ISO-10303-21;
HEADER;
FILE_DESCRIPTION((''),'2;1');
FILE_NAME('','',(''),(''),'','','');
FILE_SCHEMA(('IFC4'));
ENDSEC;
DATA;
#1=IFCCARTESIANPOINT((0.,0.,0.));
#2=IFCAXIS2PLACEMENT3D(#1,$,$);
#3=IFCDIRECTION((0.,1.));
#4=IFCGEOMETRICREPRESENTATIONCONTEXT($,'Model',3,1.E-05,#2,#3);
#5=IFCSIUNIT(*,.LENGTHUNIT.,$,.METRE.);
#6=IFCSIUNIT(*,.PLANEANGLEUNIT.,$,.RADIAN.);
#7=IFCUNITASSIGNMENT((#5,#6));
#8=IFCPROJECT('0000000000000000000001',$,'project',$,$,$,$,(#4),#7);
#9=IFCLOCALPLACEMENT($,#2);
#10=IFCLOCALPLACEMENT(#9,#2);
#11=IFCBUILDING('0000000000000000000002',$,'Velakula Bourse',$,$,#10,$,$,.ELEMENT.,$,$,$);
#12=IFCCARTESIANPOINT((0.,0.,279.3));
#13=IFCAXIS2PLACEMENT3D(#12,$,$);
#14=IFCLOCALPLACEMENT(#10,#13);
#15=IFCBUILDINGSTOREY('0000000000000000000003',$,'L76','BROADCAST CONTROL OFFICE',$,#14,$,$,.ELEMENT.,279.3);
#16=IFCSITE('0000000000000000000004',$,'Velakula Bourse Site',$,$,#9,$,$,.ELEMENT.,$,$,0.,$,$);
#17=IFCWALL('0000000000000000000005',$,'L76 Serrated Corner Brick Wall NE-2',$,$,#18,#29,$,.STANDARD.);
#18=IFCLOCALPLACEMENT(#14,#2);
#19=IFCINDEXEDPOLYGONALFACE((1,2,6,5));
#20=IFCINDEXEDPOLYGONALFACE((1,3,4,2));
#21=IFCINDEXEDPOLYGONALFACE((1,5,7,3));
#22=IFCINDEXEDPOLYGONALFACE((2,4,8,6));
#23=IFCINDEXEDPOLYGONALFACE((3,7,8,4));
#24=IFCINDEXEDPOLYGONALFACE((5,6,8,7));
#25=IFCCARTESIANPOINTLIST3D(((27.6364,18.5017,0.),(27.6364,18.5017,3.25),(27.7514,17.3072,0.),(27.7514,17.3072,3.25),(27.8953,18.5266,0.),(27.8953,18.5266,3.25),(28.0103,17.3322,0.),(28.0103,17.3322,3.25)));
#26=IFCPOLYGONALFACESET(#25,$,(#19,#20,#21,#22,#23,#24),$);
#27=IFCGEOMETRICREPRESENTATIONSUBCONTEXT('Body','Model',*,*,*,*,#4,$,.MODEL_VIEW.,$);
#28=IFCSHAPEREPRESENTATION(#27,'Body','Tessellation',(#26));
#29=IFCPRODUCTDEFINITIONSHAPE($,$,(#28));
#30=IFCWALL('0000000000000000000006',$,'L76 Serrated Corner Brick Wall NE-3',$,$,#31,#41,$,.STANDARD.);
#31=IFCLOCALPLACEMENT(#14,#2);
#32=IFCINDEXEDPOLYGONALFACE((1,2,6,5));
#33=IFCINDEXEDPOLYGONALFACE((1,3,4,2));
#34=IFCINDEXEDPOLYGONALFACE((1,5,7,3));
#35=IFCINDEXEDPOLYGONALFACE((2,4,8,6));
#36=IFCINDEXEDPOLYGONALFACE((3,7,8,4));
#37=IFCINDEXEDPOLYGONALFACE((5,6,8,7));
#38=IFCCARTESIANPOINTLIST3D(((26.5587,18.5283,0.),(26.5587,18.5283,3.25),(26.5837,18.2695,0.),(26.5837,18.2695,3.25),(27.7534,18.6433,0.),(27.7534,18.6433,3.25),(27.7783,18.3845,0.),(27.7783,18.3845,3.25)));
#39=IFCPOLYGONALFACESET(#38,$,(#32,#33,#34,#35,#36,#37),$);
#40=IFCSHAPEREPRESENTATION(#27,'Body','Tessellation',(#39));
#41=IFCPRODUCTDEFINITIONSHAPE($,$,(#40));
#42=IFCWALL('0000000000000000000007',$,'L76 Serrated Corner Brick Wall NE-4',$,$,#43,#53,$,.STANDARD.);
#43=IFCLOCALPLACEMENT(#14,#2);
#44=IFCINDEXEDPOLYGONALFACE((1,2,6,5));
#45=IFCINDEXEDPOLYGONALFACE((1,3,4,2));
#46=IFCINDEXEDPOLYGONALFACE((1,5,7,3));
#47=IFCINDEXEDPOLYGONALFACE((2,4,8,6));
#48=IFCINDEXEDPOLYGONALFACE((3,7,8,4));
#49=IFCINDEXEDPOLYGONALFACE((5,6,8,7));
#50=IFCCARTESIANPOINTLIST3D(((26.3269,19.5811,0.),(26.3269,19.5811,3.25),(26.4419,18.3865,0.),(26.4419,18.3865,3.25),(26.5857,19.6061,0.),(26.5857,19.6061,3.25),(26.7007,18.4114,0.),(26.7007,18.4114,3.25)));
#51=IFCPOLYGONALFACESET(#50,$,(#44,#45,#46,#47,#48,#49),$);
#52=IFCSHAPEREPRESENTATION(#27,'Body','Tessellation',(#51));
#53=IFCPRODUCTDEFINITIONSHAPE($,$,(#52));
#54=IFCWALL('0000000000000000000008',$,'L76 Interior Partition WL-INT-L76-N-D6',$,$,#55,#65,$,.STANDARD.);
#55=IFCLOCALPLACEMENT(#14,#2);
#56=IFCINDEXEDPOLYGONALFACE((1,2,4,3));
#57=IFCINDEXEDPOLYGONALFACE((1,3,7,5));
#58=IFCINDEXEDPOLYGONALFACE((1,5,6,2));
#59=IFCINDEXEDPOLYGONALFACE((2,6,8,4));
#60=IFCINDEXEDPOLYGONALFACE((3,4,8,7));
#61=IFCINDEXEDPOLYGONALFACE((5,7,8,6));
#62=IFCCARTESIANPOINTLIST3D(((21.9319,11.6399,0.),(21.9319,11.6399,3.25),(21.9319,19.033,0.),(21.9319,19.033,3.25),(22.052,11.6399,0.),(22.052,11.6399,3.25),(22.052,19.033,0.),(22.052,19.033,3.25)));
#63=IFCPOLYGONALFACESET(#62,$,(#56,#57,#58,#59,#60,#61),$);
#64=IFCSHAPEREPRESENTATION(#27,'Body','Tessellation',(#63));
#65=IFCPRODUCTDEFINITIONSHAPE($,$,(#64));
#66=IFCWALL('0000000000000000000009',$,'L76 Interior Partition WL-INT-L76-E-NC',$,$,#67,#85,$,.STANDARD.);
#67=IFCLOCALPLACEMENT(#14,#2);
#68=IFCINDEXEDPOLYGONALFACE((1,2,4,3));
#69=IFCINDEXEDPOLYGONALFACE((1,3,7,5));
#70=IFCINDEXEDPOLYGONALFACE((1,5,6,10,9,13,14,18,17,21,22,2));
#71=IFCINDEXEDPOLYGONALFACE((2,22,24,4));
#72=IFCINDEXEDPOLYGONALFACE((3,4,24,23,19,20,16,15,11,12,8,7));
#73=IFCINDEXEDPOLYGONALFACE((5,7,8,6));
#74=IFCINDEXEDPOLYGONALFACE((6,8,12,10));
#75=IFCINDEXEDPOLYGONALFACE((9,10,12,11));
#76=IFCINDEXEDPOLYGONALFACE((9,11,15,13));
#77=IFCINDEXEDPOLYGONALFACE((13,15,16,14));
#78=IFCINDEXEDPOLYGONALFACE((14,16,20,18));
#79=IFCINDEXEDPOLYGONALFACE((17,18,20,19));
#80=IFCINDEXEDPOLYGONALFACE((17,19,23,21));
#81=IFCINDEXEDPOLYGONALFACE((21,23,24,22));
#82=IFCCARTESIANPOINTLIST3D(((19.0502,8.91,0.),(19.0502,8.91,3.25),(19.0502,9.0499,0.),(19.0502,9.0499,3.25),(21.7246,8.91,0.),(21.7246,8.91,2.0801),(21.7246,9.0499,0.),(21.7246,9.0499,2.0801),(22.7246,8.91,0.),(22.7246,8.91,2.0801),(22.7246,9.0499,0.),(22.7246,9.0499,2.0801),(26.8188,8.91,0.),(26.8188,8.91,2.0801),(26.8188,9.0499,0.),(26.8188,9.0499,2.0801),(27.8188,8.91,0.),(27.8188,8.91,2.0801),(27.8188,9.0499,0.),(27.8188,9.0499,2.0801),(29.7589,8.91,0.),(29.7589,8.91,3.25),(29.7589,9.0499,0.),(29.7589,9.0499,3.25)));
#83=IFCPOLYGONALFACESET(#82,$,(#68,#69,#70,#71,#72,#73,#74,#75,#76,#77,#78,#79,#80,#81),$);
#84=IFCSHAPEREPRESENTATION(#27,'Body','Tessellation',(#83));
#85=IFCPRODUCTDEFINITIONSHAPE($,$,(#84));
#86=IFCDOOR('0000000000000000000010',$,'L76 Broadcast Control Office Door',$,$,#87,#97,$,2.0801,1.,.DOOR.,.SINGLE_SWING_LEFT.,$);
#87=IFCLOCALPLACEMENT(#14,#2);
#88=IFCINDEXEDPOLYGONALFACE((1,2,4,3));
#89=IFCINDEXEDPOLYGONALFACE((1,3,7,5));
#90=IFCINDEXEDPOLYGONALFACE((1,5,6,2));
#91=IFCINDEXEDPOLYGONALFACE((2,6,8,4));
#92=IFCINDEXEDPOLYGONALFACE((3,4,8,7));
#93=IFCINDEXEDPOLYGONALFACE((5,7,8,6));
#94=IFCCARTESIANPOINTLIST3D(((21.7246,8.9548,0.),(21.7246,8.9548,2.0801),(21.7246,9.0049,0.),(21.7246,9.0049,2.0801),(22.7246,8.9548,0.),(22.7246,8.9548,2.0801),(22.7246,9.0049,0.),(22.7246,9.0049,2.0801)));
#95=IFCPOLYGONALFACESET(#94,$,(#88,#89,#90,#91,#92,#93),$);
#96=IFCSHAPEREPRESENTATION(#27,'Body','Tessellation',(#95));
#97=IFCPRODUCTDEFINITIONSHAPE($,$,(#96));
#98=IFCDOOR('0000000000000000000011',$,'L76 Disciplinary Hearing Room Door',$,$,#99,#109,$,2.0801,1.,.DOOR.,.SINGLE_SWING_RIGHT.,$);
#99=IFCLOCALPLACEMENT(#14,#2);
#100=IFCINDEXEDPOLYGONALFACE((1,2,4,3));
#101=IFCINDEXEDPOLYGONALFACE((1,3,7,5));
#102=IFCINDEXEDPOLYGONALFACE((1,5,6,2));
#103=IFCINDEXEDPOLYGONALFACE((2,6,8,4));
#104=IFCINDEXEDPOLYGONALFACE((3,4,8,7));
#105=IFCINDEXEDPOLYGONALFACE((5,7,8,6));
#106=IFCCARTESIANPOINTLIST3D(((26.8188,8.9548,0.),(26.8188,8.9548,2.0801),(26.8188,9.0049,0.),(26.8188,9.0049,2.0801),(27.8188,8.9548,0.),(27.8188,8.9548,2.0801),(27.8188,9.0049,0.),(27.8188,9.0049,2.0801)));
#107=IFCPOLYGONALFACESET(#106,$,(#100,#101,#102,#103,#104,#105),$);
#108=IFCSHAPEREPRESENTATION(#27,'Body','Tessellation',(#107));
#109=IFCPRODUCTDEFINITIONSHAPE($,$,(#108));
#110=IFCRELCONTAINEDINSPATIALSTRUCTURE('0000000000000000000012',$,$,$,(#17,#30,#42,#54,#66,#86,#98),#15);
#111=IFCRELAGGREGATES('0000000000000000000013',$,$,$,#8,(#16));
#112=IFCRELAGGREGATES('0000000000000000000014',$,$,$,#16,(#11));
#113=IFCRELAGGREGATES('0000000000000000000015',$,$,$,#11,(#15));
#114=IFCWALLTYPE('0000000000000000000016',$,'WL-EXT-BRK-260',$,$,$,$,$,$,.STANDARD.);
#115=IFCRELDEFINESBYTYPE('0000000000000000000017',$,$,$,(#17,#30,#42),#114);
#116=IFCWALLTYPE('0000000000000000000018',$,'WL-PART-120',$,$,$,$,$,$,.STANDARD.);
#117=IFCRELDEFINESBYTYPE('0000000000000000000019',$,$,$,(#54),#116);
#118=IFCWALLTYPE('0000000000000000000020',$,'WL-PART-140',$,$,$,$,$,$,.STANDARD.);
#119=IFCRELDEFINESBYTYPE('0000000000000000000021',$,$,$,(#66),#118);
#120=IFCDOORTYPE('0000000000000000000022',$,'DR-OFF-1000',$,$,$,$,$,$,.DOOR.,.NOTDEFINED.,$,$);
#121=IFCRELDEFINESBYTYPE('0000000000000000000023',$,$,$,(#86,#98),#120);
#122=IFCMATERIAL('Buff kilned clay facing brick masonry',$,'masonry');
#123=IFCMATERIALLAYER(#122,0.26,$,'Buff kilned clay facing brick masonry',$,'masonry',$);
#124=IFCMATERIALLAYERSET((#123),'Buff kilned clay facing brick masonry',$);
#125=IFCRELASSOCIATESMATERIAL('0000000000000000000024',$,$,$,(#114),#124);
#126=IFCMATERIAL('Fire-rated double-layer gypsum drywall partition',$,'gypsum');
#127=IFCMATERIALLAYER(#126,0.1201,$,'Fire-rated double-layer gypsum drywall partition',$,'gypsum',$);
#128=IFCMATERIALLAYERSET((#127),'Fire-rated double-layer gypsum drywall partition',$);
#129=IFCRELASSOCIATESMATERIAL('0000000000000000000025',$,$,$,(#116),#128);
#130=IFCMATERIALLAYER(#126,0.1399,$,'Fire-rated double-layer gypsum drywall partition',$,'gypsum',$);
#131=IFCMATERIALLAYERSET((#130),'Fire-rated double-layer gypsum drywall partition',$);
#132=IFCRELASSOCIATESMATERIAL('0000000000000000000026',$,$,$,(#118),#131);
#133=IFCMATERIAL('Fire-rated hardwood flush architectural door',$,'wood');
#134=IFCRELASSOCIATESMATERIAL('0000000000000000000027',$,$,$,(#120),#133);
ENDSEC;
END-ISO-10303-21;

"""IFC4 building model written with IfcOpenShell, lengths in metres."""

from ifc_helpers import new_model, si_unit, direction, frame, frame_2d, origin, place, context, subcontext, project, spatial, rectangle, extrude, material, layer, layer_set, type_object, element, fill, save


model = new_model("IFC4")

# Units and contexts
model_context = context("Model", 3, precision=1e-05, world=origin(), true_north=direction((0.0, 1.0)))
body_context = subcontext(model_context, "Body", "Model", "MODEL_VIEW")
ifc_project = project(units=[si_unit("LENGTHUNIT", "METRE"), si_unit("PLANEANGLEUNIT", "RADIAN")], contexts=[model_context])

# Site, building, storey
site_placement = place(None, origin())
site = spatial("IfcSite", under=ifc_project, at=site_placement, Name="Velakula Bourse Site", CompositionType="ELEMENT", RefElevation=0.0)
building_placement = place(site_placement, origin())
building = spatial("IfcBuilding", under=site, at=building_placement, Name="Velakula Bourse", CompositionType="ELEMENT")
storey_placement = place(building_placement, frame((0.0, 0.0, 279.3)))
storey = spatial("IfcBuildingStorey", under=building, at=storey_placement, Name="L76", Description="BROADCAST CONTROL OFFICE", CompositionType="ELEMENT", Elevation=279.3)

# Shared definitions
ifc_material_1 = material(Name="Buff kilned clay facing brick masonry", Category="masonry")
ifc_layer_1 = layer(ifc_material_1, 0.26, Name="Buff kilned clay facing brick masonry", Category="masonry")
ifc_layer_set_1 = layer_set([ifc_layer_1], Name="Buff kilned clay facing brick masonry")
wall_type_1 = type_object("IfcWallType", Name="WL-EXT-BRK-260", PredefinedType="STANDARD", material=ifc_layer_set_1)

# Walls
for number, where, z_axis, x_axis, name in (
    (1, (27.8809, 17.3196, 0.0), (0.0, 0.0, 1.0), (-0.095836, 0.995397, 0.0), "L76 Serrated Corner Brick Wall NE-2"),
):
    element("IfcWall", number, at=place(storey_placement, frame(where, z_axis=z_axis, x_axis=x_axis)), inside=storey, type_object=wall_type_1, Name=name, PredefinedType="STANDARD", context=body_context, shape_type="SweptSolid", body=[
        extrude(rectangle(XDim=1.2, YDim=0.26, at=frame_2d((0.6001, 0.0))), origin(), (0.0, 0.0, 1.0), 3.25),
    ])
for number, where, z_axis, x_axis, name in (
    (2, (27.7659, 18.5139, 0.0), (0.0, 0.0, 1.0), (-0.995399, -0.095817, 0.0), "L76 Serrated Corner Brick Wall NE-3"),
    (3, (26.5713, 18.3989, 0.0), (0.0, 0.0, 1.0), (-0.095817, 0.995399, 0.0), "L76 Serrated Corner Brick Wall NE-4"),
):
    element("IfcWall", number, at=place(storey_placement, frame(where, z_axis=z_axis, x_axis=x_axis)), inside=storey, type_object=wall_type_1, Name=name, PredefinedType="STANDARD", context=body_context, shape_type="SweptSolid", body=[
        extrude(rectangle(XDim=1.2002, YDim=0.26, at=frame_2d((0.6001, 0.0))), origin(), (0.0, 0.0, 1.0), 3.25),
    ])
ifc_material_2 = material(Name="Fire-rated double-layer gypsum drywall partition", Category="gypsum")
ifc_layer_2 = layer(ifc_material_2, 0.1201, Name="Fire-rated double-layer gypsum drywall partition", Category="gypsum")
ifc_layer_set_2 = layer_set([ifc_layer_2], Name="Fire-rated double-layer gypsum drywall partition")
wall_type_2 = type_object("IfcWallType", Name="WL-PART-120", PredefinedType="STANDARD", material=ifc_layer_set_2)
wall_1_placement = place(storey_placement, frame((21.9919, 11.6399, 0.0), z_axis=(0.0, 0.0, 1.0), x_axis=(0.0, 1.0, 0.0)))
element("IfcWall", 4, at=wall_1_placement, inside=storey, type_object=wall_type_2, Name="L76 Interior Partition WL-INT-L76-N-D6", PredefinedType="STANDARD", context=body_context, shape_type="SweptSolid", body=[
    extrude(rectangle(XDim=7.3931, YDim=0.1201, at=frame_2d((3.6965, 0.0))), origin(), (0.0, 0.0, 1.0), 3.25),
])

# Wall, openings, doors
ifc_layer_3 = layer(ifc_material_2, 0.1399, Name="Fire-rated double-layer gypsum drywall partition", Category="gypsum")
ifc_layer_set_3 = layer_set([ifc_layer_3], Name="Fire-rated double-layer gypsum drywall partition")
wall_type_3 = type_object("IfcWallType", Name="WL-PART-140", PredefinedType="STANDARD", material=ifc_layer_set_3)
wall_2_placement = place(storey_placement, frame((19.05, 8.98, 0.0), z_axis=(0.0, 0.0, 1.0), x_axis=(1.0, 0.0, 0.0)))
wall_2 = element("IfcWall", 5, at=wall_2_placement, inside=storey, type_object=wall_type_3, Name="L76 Interior Partition WL-INT-L76-E-NC", PredefinedType="STANDARD", context=body_context, shape_type="SweptSolid", body=[
    extrude(rectangle(XDim=10.7087, YDim=0.1399, at=frame_2d((5.3545, 0.0))), origin(), (0.0, 0.0, 1.0), 3.25),
])
opening_1_placement = place(wall_2_placement, frame((2.6746, 0.0, 0.0)))
opening_1 = element("IfcOpeningElement", 6, at=opening_1_placement, cuts=wall_2, PredefinedType="OPENING", context=body_context, shape_type="SweptSolid", body=[
    extrude(rectangle(XDim=1.0, YDim=2.0801, at=frame_2d((0.5, 1.04))), frame((0.0, 0.0798, 0.0), z_axis=(0.0, -1.0, 0.0), x_axis=(1.0, 0.0, 0.0)), (0.0, 0.0, 1.0), 0.1599),
])
opening_2_placement = place(wall_2_placement, frame((7.7688, 0.0, 0.0)))
opening_2 = element("IfcOpeningElement", 7, at=opening_2_placement, cuts=wall_2, PredefinedType="OPENING", context=body_context, shape_type="SweptSolid", body=[
    extrude(rectangle(XDim=1.0, YDim=2.0801, at=frame_2d((0.5, 1.04))), frame((0.0, 0.0798, 0.0), z_axis=(0.0, -1.0, 0.0), x_axis=(1.0, 0.0, 0.0)), (0.0, 0.0, 1.0), 0.1599),
])
ifc_material_3 = material(Name="Fire-rated hardwood flush architectural door", Category="wood")
door_type = type_object("IfcDoorType", Name="DR-OFF-1000", OperationType="NOTDEFINED", PredefinedType="DOOR", material=ifc_material_3)
door_1_placement = place(opening_1_placement, origin())
door_1 = element("IfcDoor", 8, at=door_1_placement, inside=storey, type_object=door_type, Name="L76 Broadcast Control Office Door", OperationType="SINGLE_SWING_LEFT", OverallHeight=2.0801, OverallWidth=1.0, PredefinedType="DOOR", context=body_context, shape_type="SweptSolid", body=[
    extrude(rectangle(XDim=1.0, YDim=2.0801, at=frame_2d((0.5, 1.04))), frame((0.0, 0.0249, 0.0), z_axis=(0.0, -1.0, 0.0), x_axis=(1.0, 0.0, 0.0)), (0.0, 0.0, 1.0), 0.05),
])
fill(opening_1, door_1)
door_2_placement = place(opening_2_placement, origin())
door_2 = element("IfcDoor", 9, at=door_2_placement, inside=storey, type_object=door_type, Name="L76 Disciplinary Hearing Room Door", OperationType="SINGLE_SWING_RIGHT", OverallHeight=2.0801, OverallWidth=1.0, PredefinedType="DOOR", context=body_context, shape_type="SweptSolid", body=[
    extrude(rectangle(XDim=1.0, YDim=2.0801, at=frame_2d((0.5, 1.04))), frame((0.0, 0.0249, 0.0), z_axis=(0.0, -1.0, 0.0), x_axis=(1.0, 0.0, 0.0)), (0.0, 0.0, 1.0), 0.05),
])
fill(opening_2, door_2)

save(model, "model.ifc")
